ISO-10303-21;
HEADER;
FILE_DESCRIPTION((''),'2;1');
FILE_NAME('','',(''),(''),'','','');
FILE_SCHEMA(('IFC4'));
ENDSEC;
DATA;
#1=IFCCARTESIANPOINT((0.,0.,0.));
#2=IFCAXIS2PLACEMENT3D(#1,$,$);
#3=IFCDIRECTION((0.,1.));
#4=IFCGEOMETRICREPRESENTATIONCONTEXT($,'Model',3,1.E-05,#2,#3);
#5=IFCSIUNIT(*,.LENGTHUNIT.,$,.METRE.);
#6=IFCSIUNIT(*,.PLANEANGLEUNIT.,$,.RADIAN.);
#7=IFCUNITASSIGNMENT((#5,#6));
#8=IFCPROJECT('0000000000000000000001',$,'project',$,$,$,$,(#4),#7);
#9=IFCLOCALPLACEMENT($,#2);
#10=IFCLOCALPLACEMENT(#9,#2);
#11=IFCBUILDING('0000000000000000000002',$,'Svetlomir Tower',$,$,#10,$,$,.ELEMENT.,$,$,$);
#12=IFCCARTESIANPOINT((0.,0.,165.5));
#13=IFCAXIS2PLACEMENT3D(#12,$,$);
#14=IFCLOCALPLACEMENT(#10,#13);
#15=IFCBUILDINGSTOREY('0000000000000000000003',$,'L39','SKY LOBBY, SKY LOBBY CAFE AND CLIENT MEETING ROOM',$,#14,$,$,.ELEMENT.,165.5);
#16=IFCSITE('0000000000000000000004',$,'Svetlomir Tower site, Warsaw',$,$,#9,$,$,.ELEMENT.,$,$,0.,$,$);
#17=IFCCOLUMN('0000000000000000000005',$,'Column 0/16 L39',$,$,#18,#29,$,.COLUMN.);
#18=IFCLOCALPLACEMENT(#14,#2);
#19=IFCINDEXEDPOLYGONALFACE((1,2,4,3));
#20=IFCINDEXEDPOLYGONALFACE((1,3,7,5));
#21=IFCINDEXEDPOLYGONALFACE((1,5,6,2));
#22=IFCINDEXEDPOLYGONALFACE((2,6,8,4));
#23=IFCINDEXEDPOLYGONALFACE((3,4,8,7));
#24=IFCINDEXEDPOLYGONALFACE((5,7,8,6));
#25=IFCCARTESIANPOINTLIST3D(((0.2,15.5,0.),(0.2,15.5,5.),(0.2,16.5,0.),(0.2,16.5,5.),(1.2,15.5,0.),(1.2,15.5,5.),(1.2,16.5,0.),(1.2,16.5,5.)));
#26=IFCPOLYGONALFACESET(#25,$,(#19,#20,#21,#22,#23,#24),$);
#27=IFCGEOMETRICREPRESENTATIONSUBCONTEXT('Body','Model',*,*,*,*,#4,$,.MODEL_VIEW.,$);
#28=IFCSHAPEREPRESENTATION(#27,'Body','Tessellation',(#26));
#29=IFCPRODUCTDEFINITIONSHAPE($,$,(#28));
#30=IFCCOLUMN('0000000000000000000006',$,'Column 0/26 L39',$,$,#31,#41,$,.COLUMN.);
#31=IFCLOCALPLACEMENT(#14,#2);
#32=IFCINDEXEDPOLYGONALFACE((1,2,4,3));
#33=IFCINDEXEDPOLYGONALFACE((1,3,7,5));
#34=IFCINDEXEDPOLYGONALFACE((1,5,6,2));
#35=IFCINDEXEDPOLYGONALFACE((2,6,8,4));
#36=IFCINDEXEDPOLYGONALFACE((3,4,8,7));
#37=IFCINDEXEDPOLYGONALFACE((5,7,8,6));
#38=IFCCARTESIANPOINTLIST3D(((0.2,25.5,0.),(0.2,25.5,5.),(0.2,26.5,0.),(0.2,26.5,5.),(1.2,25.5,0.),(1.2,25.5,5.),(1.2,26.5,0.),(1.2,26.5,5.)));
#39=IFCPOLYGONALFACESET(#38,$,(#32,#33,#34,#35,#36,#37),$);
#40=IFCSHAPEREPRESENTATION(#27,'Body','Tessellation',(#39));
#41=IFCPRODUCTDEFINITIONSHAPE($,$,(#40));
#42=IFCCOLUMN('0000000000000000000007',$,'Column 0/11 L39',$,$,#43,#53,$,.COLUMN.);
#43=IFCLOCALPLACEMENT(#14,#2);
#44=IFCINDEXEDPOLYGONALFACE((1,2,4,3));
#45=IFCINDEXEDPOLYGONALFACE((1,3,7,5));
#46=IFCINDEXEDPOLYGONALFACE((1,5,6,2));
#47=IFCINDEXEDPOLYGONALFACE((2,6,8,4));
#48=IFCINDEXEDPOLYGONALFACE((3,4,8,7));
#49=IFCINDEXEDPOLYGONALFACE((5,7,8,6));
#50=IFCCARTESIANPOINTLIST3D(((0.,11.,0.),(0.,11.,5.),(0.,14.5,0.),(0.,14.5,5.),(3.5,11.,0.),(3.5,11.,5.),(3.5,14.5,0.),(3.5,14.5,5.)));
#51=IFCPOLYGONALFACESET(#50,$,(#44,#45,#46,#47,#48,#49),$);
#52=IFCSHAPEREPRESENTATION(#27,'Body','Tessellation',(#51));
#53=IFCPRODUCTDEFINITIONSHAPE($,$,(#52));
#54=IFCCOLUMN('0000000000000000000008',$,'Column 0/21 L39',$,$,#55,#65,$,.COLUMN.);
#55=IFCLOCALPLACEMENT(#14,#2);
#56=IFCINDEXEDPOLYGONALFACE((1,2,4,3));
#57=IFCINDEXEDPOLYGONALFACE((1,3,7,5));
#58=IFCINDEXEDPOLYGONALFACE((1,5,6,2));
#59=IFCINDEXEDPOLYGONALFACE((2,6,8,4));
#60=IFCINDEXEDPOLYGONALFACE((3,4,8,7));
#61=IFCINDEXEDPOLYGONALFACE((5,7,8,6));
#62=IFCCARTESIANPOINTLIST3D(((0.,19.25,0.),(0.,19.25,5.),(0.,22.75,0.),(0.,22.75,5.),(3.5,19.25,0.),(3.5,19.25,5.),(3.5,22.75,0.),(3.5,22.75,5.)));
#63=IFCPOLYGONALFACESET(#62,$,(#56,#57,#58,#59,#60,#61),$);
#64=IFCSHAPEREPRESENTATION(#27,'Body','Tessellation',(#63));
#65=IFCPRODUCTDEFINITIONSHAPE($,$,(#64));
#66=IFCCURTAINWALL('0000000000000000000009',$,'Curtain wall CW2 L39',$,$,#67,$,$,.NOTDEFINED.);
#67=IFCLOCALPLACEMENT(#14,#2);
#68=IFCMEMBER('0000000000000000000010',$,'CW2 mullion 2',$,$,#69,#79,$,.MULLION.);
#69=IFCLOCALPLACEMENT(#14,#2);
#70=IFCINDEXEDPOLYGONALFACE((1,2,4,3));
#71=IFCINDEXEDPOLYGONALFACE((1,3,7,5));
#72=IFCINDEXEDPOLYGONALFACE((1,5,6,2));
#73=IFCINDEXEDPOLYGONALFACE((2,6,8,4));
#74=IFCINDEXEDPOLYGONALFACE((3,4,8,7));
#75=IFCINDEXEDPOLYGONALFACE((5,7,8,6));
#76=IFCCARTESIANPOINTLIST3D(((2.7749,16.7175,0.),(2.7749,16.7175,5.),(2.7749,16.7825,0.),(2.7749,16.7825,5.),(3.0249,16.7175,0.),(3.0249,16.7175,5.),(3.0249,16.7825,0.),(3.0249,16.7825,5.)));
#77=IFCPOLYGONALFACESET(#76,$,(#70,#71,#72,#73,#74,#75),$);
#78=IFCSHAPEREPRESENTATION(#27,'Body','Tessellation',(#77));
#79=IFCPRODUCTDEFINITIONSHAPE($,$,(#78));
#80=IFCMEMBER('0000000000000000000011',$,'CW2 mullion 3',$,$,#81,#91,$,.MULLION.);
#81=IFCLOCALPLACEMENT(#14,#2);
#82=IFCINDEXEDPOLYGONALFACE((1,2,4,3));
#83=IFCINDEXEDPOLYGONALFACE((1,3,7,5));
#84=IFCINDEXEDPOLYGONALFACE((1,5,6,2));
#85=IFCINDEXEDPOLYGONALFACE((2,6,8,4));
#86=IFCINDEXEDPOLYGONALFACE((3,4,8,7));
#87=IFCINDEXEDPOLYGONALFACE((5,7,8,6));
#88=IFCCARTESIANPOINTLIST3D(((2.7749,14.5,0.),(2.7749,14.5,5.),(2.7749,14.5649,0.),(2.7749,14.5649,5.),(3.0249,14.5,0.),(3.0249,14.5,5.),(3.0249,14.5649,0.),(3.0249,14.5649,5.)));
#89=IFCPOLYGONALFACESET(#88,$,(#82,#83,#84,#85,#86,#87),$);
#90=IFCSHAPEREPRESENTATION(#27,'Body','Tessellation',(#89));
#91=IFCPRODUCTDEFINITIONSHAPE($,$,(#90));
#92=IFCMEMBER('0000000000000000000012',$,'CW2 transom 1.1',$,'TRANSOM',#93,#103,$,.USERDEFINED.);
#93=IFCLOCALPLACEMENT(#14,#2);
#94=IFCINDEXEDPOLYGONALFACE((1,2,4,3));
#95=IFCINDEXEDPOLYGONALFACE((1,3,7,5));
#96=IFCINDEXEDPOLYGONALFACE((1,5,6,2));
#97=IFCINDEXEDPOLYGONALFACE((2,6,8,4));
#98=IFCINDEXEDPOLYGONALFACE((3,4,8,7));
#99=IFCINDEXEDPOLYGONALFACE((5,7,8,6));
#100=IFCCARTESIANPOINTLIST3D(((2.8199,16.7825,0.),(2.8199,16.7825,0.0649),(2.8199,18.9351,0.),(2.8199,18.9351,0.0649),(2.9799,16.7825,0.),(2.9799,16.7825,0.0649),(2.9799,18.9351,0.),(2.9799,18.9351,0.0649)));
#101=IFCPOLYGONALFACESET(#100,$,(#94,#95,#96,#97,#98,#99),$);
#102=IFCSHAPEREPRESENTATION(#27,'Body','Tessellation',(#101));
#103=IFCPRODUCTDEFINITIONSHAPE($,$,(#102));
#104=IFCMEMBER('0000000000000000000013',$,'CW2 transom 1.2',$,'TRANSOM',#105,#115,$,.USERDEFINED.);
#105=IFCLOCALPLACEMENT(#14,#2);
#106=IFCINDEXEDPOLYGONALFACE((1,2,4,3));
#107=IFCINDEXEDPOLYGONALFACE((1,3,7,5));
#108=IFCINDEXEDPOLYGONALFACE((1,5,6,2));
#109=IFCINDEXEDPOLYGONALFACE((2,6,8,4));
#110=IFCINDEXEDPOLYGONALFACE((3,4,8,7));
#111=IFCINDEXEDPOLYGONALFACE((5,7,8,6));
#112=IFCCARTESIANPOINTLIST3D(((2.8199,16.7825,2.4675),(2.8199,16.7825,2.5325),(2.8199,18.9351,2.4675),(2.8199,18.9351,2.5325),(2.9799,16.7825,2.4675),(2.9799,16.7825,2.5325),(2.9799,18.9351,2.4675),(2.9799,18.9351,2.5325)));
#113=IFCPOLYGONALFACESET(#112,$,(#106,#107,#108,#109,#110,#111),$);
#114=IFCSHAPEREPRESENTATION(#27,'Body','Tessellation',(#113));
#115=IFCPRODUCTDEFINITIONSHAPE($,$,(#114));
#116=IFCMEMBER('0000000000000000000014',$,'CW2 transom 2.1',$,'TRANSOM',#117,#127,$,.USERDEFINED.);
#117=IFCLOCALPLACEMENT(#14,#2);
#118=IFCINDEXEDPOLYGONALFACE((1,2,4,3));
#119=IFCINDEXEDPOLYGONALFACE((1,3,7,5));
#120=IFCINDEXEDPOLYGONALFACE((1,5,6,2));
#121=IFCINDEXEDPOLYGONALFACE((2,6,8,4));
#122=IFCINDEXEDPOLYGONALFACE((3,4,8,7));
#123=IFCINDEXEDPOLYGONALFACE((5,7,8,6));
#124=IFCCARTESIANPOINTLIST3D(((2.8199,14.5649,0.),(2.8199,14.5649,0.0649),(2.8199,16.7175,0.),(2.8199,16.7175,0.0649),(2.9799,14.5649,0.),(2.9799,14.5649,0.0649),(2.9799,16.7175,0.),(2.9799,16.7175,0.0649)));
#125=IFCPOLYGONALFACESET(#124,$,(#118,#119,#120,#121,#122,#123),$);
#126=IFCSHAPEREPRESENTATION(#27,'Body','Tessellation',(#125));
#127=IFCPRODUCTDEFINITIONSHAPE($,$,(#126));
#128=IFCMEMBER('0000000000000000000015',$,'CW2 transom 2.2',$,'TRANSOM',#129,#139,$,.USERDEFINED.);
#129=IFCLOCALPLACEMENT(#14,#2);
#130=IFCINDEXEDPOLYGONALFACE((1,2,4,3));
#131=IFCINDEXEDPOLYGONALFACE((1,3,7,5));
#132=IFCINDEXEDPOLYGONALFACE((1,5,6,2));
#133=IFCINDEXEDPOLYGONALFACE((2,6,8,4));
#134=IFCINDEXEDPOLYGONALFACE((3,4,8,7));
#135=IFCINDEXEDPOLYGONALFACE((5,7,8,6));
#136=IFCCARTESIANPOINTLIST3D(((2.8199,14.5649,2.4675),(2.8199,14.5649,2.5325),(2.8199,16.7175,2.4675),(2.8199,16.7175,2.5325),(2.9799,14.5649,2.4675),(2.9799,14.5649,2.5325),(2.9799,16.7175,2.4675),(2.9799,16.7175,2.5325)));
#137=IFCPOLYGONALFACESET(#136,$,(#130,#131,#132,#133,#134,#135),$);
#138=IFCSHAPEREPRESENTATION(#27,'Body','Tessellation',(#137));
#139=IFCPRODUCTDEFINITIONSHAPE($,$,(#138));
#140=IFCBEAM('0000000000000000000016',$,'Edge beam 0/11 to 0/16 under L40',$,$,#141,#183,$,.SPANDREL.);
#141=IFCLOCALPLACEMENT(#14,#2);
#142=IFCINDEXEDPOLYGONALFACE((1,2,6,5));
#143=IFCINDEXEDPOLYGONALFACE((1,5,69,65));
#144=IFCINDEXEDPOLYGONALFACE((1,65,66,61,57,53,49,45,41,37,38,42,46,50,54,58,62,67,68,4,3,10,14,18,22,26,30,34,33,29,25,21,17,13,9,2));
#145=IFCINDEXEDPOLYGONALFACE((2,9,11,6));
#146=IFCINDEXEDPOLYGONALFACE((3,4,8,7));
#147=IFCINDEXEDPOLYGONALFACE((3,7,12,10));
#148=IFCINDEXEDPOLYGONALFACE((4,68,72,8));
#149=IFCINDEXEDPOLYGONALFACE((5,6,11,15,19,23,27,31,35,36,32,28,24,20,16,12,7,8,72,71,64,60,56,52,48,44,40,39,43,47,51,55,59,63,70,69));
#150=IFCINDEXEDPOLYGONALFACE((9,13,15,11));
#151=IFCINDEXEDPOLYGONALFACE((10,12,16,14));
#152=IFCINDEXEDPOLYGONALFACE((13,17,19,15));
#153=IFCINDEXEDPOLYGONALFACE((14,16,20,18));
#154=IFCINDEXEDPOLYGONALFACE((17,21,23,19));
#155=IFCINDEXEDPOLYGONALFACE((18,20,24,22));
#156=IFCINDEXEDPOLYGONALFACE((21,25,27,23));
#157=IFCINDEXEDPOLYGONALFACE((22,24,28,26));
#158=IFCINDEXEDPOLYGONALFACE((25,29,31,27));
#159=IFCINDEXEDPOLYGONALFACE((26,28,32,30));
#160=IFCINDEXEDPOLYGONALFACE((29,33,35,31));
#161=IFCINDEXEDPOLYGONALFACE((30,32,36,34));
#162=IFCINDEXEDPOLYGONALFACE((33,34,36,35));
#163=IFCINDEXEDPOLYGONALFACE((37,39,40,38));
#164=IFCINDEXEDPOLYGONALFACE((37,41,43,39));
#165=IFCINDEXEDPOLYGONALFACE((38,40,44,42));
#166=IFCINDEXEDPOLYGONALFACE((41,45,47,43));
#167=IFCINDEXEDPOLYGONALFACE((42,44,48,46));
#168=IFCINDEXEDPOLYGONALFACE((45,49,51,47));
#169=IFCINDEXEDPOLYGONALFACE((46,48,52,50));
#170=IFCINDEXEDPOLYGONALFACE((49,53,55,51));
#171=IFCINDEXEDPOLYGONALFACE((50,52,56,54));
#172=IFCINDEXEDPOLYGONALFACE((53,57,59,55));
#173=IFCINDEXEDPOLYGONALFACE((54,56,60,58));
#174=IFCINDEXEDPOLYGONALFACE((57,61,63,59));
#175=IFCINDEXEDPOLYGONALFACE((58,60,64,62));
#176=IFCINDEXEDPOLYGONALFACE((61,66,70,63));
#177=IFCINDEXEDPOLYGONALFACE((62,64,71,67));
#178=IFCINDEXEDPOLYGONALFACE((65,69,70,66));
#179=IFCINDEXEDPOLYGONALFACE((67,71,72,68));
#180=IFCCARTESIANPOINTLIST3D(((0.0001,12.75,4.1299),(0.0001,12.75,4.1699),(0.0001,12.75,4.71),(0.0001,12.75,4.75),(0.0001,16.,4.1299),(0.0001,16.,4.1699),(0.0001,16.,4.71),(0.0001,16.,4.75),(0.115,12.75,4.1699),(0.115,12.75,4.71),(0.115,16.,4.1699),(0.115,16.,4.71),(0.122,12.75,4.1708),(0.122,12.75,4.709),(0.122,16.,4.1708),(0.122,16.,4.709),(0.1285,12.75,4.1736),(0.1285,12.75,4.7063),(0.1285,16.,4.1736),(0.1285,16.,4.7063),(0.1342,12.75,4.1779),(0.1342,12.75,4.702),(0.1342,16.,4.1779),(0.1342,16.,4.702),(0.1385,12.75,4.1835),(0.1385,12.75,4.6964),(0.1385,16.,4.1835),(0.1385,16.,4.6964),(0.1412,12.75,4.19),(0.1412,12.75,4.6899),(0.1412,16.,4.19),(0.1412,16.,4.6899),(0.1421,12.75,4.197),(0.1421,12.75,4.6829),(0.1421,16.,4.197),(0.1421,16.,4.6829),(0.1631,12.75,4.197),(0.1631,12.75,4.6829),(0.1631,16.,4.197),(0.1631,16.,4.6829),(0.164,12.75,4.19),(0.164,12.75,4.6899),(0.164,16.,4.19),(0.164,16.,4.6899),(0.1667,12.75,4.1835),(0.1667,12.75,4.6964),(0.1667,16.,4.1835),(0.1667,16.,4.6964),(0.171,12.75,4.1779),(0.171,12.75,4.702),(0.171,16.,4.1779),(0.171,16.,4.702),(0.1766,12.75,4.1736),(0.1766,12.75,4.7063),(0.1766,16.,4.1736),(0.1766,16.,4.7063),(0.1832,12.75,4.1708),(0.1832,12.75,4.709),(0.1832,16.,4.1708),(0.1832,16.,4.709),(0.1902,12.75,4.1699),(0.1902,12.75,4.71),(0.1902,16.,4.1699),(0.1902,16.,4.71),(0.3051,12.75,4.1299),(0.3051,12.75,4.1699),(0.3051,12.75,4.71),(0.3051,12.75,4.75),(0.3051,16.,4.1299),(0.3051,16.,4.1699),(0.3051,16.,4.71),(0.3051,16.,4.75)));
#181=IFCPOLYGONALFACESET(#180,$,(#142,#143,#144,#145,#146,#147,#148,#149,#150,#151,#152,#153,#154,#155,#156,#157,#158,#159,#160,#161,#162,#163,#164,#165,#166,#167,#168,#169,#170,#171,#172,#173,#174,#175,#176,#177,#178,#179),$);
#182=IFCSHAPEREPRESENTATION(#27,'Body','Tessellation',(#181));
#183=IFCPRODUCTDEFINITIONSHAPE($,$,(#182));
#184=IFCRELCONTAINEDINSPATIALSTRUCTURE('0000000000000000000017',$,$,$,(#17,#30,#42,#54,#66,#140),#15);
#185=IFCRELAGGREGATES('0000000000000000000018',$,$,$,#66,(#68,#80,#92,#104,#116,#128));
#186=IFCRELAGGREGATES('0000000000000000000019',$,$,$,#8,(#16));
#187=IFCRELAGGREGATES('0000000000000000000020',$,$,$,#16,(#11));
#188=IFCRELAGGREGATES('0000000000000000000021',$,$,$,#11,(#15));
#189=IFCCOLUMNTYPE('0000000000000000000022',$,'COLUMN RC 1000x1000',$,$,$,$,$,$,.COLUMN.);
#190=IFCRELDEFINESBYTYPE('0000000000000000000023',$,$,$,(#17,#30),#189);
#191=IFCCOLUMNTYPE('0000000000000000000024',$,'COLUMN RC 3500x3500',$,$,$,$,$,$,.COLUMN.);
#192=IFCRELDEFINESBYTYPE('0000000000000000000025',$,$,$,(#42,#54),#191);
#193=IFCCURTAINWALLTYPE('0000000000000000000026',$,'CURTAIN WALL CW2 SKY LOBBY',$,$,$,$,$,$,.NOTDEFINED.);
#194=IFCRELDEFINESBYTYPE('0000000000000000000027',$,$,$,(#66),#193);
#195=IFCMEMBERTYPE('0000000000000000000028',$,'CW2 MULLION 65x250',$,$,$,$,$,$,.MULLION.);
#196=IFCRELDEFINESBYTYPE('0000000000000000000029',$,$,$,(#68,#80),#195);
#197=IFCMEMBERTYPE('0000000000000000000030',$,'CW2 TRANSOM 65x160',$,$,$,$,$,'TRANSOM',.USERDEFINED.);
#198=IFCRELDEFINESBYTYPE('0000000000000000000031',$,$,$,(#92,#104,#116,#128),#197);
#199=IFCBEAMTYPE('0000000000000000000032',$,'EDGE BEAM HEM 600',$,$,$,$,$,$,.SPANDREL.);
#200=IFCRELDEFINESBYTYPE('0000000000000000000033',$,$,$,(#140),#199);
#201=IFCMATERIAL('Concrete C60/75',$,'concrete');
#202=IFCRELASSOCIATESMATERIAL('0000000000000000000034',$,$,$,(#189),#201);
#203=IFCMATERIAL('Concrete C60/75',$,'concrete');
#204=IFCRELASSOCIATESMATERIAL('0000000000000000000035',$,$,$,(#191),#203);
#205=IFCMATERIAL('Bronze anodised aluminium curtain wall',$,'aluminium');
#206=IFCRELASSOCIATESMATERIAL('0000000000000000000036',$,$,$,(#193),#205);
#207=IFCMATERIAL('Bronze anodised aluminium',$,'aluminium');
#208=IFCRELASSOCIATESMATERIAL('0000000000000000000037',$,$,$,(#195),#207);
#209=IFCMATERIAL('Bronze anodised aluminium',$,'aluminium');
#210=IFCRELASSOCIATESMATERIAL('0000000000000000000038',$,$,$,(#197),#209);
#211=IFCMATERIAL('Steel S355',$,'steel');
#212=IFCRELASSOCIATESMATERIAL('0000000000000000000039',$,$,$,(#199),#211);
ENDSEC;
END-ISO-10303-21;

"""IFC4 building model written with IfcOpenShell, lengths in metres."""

from ifc_helpers import new_model, si_unit, direction, frame, origin, origin_2d, place, context, subcontext, project, spatial, rectangle, i_section, extrude, material, material_profile, profile_set, type_object, element, aggregate, save


model = new_model("IFC4")

# Units and contexts
model_context = context("Model", 3, precision=1e-05, world=origin(), true_north=direction((0.0, 1.0)))
body_context = subcontext(model_context, "Body", "Model", "MODEL_VIEW")
ifc_project = project(units=[si_unit("LENGTHUNIT", "METRE"), si_unit("PLANEANGLEUNIT", "RADIAN")], contexts=[model_context])

# Site, building, storey
site_placement = place(None, origin())
site = spatial("IfcSite", under=ifc_project, at=site_placement, Name="Svetlomir Tower site, Warsaw", CompositionType="ELEMENT", RefElevation=0.0)
building_placement = place(site_placement, origin())
building = spatial("IfcBuilding", under=site, at=building_placement, Name="Svetlomir Tower", CompositionType="ELEMENT")
storey_placement = place(building_placement, frame((0.0, 0.0, 165.5)))
storey = spatial("IfcBuildingStorey", under=building, at=storey_placement, Name="L39", Description="SKY LOBBY, SKY LOBBY CAFE AND CLIENT MEETING ROOM", CompositionType="ELEMENT", Elevation=165.5)

# Columns
ifc_material_1 = material(Name="Concrete C60/75", Category="concrete")
ifc_material_profile_1 = material_profile(ifc_material_1, rectangle(XDim=1.0, YDim=1.0, at=origin_2d()), Name="RC 1000x1000")
ifc_profile_set_1 = profile_set([ifc_material_profile_1], Name="Concrete C60/75")
column_type_1 = type_object("IfcColumnType", Name="COLUMN RC 1000x1000", PredefinedType="COLUMN", material=ifc_profile_set_1)
for number, where, z_axis, x_axis, name in (
    (1, (0.7, 16.0, 0.0), (0.0, 0.0, 1.0), (1.0, 0.0, 0.0), "Column 0/16 L39"),
    (2, (0.7, 26.0, 0.0), (0.0, 0.0, 1.0), (1.0, 0.0, 0.0), "Column 0/26 L39"),
):
    element("IfcColumn", number, at=place(storey_placement, frame(where, z_axis=z_axis, x_axis=x_axis)), inside=storey, type_object=column_type_1, Name=name, PredefinedType="COLUMN", context=body_context, shape_type="SweptSolid", body=[
        extrude(rectangle(XDim=1.0, YDim=1.0, at=origin_2d()), origin(), (0.0, 0.0, 1.0), 5.0),
    ])
ifc_material_2 = material(Name="Concrete C60/75", Category="concrete")
ifc_material_profile_2 = material_profile(ifc_material_2, rectangle(XDim=3.5, YDim=3.5, at=origin_2d()), Name="RC 3500x3500")
ifc_profile_set_2 = profile_set([ifc_material_profile_2], Name="Concrete C60/75")
column_type_2 = type_object("IfcColumnType", Name="COLUMN RC 3500x3500", PredefinedType="COLUMN", material=ifc_profile_set_2)
for number, where, z_axis, x_axis, name in (
    (3, (1.75, 12.75, 0.0), (0.0, 0.0, 1.0), (1.0, 0.0, 0.0), "Column 0/11 L39"),
    (4, (1.75, 21.0, 0.0), (0.0, 0.0, 1.0), (1.0, 0.0, 0.0), "Column 0/21 L39"),
):
    element("IfcColumn", number, at=place(storey_placement, frame(where, z_axis=z_axis, x_axis=x_axis)), inside=storey, type_object=column_type_2, Name=name, PredefinedType="COLUMN", context=body_context, shape_type="SweptSolid", body=[
        extrude(rectangle(XDim=3.5, YDim=3.5, at=origin_2d()), origin(), (0.0, 0.0, 1.0), 5.0),
    ])

# Curtain wall, members
ifc_material_3 = material(Name="Bronze anodised aluminium curtain wall", Category="aluminium")
curtain_wall_type = type_object("IfcCurtainWallType", Name="CURTAIN WALL CW2 SKY LOBBY", PredefinedType="NOTDEFINED", material=ifc_material_3)
curtain_wall_placement = place(storey_placement, origin())
curtain_wall = element("IfcCurtainWall", 5, at=curtain_wall_placement, inside=storey, type_object=curtain_wall_type, Name="Curtain wall CW2 L39", PredefinedType="NOTDEFINED")
ifc_material_4 = material(Name="Bronze anodised aluminium", Category="aluminium")
ifc_material_profile_3 = material_profile(ifc_material_4, rectangle(XDim=0.0649, YDim=0.25, at=origin_2d()), Name="AL 65x250")
ifc_profile_set_3 = profile_set([ifc_material_profile_3], Name="Bronze anodised aluminium 6063-T6")
member_type_1 = type_object("IfcMemberType", Name="CW2 MULLION 65x250", PredefinedType="MULLION", material=ifc_profile_set_3)
member_1_placement = place(storey_placement, frame((2.8999, 16.75, 0.0), z_axis=(0.0, 0.0, 1.0), x_axis=(0.0, -1.0, 0.0)))
member_1 = element("IfcMember", 6, at=member_1_placement, type_object=member_type_1, Name="CW2 mullion 2", PredefinedType="MULLION", context=body_context, shape_type="SweptSolid", body=[
    extrude(rectangle(XDim=0.0649, YDim=0.25, at=origin_2d()), origin(), (0.0, 0.0, 1.0), 5.0),
])
member_2_placement = place(storey_placement, frame((2.8999, 14.5325, 0.0), z_axis=(0.0, 0.0, 1.0), x_axis=(0.0, -1.0, 0.0)))
member_2 = element("IfcMember", 7, at=member_2_placement, type_object=member_type_1, Name="CW2 mullion 3", PredefinedType="MULLION", context=body_context, shape_type="SweptSolid", body=[
    extrude(rectangle(XDim=0.0649, YDim=0.25, at=origin_2d()), origin(), (0.0, 0.0, 1.0), 5.0),
])
ifc_material_5 = material(Name="Bronze anodised aluminium", Category="aluminium")
ifc_material_profile_4 = material_profile(ifc_material_5, rectangle(XDim=0.1599, YDim=0.0649, at=origin_2d()), Name="AL 160x65")
ifc_profile_set_4 = profile_set([ifc_material_profile_4], Name="Bronze anodised aluminium 6063-T6")
member_type_2 = type_object("IfcMemberType", Name="CW2 TRANSOM 65x160", ElementType="TRANSOM", PredefinedType="USERDEFINED", material=ifc_profile_set_4)
member_3_placement = place(storey_placement, frame((2.8999, 18.9351, 0.0325), z_axis=(0.0, -1.0, 0.0), x_axis=(1.0, 0.0, 0.0)))
member_3 = element("IfcMember", 8, at=member_3_placement, type_object=member_type_2, Name="CW2 transom 1.1", ObjectType="TRANSOM", PredefinedType="USERDEFINED", context=body_context, shape_type="SweptSolid", body=[
    extrude(rectangle(XDim=0.1599, YDim=0.0649, at=origin_2d()), origin(), (0.0, 0.0, 1.0), 2.1526),
])
member_4_placement = place(storey_placement, frame((2.8999, 18.9351, 2.5), z_axis=(0.0, -1.0, 0.0), x_axis=(1.0, 0.0, 0.0)))
member_4 = element("IfcMember", 9, at=member_4_placement, type_object=member_type_2, Name="CW2 transom 1.2", ObjectType="TRANSOM", PredefinedType="USERDEFINED", context=body_context, shape_type="SweptSolid", body=[
    extrude(rectangle(XDim=0.1599, YDim=0.0649, at=origin_2d()), origin(), (0.0, 0.0, 1.0), 2.1526),
])
member_5_placement = place(storey_placement, frame((2.8999, 16.7175, 0.0325), z_axis=(0.0, -1.0, 0.0), x_axis=(1.0, 0.0, 0.0)))
member_5 = element("IfcMember", 10, at=member_5_placement, type_object=member_type_2, Name="CW2 transom 2.1", ObjectType="TRANSOM", PredefinedType="USERDEFINED", context=body_context, shape_type="SweptSolid", body=[
    extrude(rectangle(XDim=0.1599, YDim=0.0649, at=origin_2d()), origin(), (0.0, 0.0, 1.0), 2.1526),
])
member_6_placement = place(storey_placement, frame((2.8999, 16.7175, 2.5), z_axis=(0.0, -1.0, 0.0), x_axis=(1.0, 0.0, 0.0)))
member_6 = element("IfcMember", 11, at=member_6_placement, type_object=member_type_2, Name="CW2 transom 2.2", ObjectType="TRANSOM", PredefinedType="USERDEFINED", context=body_context, shape_type="SweptSolid", body=[
    extrude(rectangle(XDim=0.1599, YDim=0.0649, at=origin_2d()), origin(), (0.0, 0.0, 1.0), 2.1526),
])

# Beam
ifc_material_6 = material(Name="Steel S355", Category="steel")
ifc_material_profile_5 = material_profile(ifc_material_6, i_section(OverallWidth=0.3049, OverallDepth=0.6201, WebThickness=0.021, FlangeThickness=0.04, FilletRadius=0.0271, at=origin_2d()), Name="HEM 600")
ifc_profile_set_5 = profile_set([ifc_material_profile_5], Name="Steel S355")
beam_type_1 = type_object("IfcBeamType", Name="EDGE BEAM HEM 600", PredefinedType="SPANDREL", material=ifc_profile_set_5)
beam_1_placement = place(storey_placement, frame((0.1526, 12.75, 4.4399), z_axis=(0.0, 1.0, 0.0), x_axis=(-1.0, 0.0, 0.0)))
element("IfcBeam", 12, at=beam_1_placement, inside=storey, type_object=beam_type_1, Name="Edge beam 0/11 to 0/16 under L40", PredefinedType="SPANDREL", context=body_context, shape_type="SweptSolid", body=[
    extrude(i_section(OverallWidth=0.3049, OverallDepth=0.6201, WebThickness=0.021, FlangeThickness=0.04, FilletRadius=0.0271, at=origin_2d()), origin(), (0.0, 0.0, 1.0), 3.25),
])

aggregate(curtain_wall, [member_1, member_2, member_3, member_4, member_5, member_6])

save(model, "model.ifc")
